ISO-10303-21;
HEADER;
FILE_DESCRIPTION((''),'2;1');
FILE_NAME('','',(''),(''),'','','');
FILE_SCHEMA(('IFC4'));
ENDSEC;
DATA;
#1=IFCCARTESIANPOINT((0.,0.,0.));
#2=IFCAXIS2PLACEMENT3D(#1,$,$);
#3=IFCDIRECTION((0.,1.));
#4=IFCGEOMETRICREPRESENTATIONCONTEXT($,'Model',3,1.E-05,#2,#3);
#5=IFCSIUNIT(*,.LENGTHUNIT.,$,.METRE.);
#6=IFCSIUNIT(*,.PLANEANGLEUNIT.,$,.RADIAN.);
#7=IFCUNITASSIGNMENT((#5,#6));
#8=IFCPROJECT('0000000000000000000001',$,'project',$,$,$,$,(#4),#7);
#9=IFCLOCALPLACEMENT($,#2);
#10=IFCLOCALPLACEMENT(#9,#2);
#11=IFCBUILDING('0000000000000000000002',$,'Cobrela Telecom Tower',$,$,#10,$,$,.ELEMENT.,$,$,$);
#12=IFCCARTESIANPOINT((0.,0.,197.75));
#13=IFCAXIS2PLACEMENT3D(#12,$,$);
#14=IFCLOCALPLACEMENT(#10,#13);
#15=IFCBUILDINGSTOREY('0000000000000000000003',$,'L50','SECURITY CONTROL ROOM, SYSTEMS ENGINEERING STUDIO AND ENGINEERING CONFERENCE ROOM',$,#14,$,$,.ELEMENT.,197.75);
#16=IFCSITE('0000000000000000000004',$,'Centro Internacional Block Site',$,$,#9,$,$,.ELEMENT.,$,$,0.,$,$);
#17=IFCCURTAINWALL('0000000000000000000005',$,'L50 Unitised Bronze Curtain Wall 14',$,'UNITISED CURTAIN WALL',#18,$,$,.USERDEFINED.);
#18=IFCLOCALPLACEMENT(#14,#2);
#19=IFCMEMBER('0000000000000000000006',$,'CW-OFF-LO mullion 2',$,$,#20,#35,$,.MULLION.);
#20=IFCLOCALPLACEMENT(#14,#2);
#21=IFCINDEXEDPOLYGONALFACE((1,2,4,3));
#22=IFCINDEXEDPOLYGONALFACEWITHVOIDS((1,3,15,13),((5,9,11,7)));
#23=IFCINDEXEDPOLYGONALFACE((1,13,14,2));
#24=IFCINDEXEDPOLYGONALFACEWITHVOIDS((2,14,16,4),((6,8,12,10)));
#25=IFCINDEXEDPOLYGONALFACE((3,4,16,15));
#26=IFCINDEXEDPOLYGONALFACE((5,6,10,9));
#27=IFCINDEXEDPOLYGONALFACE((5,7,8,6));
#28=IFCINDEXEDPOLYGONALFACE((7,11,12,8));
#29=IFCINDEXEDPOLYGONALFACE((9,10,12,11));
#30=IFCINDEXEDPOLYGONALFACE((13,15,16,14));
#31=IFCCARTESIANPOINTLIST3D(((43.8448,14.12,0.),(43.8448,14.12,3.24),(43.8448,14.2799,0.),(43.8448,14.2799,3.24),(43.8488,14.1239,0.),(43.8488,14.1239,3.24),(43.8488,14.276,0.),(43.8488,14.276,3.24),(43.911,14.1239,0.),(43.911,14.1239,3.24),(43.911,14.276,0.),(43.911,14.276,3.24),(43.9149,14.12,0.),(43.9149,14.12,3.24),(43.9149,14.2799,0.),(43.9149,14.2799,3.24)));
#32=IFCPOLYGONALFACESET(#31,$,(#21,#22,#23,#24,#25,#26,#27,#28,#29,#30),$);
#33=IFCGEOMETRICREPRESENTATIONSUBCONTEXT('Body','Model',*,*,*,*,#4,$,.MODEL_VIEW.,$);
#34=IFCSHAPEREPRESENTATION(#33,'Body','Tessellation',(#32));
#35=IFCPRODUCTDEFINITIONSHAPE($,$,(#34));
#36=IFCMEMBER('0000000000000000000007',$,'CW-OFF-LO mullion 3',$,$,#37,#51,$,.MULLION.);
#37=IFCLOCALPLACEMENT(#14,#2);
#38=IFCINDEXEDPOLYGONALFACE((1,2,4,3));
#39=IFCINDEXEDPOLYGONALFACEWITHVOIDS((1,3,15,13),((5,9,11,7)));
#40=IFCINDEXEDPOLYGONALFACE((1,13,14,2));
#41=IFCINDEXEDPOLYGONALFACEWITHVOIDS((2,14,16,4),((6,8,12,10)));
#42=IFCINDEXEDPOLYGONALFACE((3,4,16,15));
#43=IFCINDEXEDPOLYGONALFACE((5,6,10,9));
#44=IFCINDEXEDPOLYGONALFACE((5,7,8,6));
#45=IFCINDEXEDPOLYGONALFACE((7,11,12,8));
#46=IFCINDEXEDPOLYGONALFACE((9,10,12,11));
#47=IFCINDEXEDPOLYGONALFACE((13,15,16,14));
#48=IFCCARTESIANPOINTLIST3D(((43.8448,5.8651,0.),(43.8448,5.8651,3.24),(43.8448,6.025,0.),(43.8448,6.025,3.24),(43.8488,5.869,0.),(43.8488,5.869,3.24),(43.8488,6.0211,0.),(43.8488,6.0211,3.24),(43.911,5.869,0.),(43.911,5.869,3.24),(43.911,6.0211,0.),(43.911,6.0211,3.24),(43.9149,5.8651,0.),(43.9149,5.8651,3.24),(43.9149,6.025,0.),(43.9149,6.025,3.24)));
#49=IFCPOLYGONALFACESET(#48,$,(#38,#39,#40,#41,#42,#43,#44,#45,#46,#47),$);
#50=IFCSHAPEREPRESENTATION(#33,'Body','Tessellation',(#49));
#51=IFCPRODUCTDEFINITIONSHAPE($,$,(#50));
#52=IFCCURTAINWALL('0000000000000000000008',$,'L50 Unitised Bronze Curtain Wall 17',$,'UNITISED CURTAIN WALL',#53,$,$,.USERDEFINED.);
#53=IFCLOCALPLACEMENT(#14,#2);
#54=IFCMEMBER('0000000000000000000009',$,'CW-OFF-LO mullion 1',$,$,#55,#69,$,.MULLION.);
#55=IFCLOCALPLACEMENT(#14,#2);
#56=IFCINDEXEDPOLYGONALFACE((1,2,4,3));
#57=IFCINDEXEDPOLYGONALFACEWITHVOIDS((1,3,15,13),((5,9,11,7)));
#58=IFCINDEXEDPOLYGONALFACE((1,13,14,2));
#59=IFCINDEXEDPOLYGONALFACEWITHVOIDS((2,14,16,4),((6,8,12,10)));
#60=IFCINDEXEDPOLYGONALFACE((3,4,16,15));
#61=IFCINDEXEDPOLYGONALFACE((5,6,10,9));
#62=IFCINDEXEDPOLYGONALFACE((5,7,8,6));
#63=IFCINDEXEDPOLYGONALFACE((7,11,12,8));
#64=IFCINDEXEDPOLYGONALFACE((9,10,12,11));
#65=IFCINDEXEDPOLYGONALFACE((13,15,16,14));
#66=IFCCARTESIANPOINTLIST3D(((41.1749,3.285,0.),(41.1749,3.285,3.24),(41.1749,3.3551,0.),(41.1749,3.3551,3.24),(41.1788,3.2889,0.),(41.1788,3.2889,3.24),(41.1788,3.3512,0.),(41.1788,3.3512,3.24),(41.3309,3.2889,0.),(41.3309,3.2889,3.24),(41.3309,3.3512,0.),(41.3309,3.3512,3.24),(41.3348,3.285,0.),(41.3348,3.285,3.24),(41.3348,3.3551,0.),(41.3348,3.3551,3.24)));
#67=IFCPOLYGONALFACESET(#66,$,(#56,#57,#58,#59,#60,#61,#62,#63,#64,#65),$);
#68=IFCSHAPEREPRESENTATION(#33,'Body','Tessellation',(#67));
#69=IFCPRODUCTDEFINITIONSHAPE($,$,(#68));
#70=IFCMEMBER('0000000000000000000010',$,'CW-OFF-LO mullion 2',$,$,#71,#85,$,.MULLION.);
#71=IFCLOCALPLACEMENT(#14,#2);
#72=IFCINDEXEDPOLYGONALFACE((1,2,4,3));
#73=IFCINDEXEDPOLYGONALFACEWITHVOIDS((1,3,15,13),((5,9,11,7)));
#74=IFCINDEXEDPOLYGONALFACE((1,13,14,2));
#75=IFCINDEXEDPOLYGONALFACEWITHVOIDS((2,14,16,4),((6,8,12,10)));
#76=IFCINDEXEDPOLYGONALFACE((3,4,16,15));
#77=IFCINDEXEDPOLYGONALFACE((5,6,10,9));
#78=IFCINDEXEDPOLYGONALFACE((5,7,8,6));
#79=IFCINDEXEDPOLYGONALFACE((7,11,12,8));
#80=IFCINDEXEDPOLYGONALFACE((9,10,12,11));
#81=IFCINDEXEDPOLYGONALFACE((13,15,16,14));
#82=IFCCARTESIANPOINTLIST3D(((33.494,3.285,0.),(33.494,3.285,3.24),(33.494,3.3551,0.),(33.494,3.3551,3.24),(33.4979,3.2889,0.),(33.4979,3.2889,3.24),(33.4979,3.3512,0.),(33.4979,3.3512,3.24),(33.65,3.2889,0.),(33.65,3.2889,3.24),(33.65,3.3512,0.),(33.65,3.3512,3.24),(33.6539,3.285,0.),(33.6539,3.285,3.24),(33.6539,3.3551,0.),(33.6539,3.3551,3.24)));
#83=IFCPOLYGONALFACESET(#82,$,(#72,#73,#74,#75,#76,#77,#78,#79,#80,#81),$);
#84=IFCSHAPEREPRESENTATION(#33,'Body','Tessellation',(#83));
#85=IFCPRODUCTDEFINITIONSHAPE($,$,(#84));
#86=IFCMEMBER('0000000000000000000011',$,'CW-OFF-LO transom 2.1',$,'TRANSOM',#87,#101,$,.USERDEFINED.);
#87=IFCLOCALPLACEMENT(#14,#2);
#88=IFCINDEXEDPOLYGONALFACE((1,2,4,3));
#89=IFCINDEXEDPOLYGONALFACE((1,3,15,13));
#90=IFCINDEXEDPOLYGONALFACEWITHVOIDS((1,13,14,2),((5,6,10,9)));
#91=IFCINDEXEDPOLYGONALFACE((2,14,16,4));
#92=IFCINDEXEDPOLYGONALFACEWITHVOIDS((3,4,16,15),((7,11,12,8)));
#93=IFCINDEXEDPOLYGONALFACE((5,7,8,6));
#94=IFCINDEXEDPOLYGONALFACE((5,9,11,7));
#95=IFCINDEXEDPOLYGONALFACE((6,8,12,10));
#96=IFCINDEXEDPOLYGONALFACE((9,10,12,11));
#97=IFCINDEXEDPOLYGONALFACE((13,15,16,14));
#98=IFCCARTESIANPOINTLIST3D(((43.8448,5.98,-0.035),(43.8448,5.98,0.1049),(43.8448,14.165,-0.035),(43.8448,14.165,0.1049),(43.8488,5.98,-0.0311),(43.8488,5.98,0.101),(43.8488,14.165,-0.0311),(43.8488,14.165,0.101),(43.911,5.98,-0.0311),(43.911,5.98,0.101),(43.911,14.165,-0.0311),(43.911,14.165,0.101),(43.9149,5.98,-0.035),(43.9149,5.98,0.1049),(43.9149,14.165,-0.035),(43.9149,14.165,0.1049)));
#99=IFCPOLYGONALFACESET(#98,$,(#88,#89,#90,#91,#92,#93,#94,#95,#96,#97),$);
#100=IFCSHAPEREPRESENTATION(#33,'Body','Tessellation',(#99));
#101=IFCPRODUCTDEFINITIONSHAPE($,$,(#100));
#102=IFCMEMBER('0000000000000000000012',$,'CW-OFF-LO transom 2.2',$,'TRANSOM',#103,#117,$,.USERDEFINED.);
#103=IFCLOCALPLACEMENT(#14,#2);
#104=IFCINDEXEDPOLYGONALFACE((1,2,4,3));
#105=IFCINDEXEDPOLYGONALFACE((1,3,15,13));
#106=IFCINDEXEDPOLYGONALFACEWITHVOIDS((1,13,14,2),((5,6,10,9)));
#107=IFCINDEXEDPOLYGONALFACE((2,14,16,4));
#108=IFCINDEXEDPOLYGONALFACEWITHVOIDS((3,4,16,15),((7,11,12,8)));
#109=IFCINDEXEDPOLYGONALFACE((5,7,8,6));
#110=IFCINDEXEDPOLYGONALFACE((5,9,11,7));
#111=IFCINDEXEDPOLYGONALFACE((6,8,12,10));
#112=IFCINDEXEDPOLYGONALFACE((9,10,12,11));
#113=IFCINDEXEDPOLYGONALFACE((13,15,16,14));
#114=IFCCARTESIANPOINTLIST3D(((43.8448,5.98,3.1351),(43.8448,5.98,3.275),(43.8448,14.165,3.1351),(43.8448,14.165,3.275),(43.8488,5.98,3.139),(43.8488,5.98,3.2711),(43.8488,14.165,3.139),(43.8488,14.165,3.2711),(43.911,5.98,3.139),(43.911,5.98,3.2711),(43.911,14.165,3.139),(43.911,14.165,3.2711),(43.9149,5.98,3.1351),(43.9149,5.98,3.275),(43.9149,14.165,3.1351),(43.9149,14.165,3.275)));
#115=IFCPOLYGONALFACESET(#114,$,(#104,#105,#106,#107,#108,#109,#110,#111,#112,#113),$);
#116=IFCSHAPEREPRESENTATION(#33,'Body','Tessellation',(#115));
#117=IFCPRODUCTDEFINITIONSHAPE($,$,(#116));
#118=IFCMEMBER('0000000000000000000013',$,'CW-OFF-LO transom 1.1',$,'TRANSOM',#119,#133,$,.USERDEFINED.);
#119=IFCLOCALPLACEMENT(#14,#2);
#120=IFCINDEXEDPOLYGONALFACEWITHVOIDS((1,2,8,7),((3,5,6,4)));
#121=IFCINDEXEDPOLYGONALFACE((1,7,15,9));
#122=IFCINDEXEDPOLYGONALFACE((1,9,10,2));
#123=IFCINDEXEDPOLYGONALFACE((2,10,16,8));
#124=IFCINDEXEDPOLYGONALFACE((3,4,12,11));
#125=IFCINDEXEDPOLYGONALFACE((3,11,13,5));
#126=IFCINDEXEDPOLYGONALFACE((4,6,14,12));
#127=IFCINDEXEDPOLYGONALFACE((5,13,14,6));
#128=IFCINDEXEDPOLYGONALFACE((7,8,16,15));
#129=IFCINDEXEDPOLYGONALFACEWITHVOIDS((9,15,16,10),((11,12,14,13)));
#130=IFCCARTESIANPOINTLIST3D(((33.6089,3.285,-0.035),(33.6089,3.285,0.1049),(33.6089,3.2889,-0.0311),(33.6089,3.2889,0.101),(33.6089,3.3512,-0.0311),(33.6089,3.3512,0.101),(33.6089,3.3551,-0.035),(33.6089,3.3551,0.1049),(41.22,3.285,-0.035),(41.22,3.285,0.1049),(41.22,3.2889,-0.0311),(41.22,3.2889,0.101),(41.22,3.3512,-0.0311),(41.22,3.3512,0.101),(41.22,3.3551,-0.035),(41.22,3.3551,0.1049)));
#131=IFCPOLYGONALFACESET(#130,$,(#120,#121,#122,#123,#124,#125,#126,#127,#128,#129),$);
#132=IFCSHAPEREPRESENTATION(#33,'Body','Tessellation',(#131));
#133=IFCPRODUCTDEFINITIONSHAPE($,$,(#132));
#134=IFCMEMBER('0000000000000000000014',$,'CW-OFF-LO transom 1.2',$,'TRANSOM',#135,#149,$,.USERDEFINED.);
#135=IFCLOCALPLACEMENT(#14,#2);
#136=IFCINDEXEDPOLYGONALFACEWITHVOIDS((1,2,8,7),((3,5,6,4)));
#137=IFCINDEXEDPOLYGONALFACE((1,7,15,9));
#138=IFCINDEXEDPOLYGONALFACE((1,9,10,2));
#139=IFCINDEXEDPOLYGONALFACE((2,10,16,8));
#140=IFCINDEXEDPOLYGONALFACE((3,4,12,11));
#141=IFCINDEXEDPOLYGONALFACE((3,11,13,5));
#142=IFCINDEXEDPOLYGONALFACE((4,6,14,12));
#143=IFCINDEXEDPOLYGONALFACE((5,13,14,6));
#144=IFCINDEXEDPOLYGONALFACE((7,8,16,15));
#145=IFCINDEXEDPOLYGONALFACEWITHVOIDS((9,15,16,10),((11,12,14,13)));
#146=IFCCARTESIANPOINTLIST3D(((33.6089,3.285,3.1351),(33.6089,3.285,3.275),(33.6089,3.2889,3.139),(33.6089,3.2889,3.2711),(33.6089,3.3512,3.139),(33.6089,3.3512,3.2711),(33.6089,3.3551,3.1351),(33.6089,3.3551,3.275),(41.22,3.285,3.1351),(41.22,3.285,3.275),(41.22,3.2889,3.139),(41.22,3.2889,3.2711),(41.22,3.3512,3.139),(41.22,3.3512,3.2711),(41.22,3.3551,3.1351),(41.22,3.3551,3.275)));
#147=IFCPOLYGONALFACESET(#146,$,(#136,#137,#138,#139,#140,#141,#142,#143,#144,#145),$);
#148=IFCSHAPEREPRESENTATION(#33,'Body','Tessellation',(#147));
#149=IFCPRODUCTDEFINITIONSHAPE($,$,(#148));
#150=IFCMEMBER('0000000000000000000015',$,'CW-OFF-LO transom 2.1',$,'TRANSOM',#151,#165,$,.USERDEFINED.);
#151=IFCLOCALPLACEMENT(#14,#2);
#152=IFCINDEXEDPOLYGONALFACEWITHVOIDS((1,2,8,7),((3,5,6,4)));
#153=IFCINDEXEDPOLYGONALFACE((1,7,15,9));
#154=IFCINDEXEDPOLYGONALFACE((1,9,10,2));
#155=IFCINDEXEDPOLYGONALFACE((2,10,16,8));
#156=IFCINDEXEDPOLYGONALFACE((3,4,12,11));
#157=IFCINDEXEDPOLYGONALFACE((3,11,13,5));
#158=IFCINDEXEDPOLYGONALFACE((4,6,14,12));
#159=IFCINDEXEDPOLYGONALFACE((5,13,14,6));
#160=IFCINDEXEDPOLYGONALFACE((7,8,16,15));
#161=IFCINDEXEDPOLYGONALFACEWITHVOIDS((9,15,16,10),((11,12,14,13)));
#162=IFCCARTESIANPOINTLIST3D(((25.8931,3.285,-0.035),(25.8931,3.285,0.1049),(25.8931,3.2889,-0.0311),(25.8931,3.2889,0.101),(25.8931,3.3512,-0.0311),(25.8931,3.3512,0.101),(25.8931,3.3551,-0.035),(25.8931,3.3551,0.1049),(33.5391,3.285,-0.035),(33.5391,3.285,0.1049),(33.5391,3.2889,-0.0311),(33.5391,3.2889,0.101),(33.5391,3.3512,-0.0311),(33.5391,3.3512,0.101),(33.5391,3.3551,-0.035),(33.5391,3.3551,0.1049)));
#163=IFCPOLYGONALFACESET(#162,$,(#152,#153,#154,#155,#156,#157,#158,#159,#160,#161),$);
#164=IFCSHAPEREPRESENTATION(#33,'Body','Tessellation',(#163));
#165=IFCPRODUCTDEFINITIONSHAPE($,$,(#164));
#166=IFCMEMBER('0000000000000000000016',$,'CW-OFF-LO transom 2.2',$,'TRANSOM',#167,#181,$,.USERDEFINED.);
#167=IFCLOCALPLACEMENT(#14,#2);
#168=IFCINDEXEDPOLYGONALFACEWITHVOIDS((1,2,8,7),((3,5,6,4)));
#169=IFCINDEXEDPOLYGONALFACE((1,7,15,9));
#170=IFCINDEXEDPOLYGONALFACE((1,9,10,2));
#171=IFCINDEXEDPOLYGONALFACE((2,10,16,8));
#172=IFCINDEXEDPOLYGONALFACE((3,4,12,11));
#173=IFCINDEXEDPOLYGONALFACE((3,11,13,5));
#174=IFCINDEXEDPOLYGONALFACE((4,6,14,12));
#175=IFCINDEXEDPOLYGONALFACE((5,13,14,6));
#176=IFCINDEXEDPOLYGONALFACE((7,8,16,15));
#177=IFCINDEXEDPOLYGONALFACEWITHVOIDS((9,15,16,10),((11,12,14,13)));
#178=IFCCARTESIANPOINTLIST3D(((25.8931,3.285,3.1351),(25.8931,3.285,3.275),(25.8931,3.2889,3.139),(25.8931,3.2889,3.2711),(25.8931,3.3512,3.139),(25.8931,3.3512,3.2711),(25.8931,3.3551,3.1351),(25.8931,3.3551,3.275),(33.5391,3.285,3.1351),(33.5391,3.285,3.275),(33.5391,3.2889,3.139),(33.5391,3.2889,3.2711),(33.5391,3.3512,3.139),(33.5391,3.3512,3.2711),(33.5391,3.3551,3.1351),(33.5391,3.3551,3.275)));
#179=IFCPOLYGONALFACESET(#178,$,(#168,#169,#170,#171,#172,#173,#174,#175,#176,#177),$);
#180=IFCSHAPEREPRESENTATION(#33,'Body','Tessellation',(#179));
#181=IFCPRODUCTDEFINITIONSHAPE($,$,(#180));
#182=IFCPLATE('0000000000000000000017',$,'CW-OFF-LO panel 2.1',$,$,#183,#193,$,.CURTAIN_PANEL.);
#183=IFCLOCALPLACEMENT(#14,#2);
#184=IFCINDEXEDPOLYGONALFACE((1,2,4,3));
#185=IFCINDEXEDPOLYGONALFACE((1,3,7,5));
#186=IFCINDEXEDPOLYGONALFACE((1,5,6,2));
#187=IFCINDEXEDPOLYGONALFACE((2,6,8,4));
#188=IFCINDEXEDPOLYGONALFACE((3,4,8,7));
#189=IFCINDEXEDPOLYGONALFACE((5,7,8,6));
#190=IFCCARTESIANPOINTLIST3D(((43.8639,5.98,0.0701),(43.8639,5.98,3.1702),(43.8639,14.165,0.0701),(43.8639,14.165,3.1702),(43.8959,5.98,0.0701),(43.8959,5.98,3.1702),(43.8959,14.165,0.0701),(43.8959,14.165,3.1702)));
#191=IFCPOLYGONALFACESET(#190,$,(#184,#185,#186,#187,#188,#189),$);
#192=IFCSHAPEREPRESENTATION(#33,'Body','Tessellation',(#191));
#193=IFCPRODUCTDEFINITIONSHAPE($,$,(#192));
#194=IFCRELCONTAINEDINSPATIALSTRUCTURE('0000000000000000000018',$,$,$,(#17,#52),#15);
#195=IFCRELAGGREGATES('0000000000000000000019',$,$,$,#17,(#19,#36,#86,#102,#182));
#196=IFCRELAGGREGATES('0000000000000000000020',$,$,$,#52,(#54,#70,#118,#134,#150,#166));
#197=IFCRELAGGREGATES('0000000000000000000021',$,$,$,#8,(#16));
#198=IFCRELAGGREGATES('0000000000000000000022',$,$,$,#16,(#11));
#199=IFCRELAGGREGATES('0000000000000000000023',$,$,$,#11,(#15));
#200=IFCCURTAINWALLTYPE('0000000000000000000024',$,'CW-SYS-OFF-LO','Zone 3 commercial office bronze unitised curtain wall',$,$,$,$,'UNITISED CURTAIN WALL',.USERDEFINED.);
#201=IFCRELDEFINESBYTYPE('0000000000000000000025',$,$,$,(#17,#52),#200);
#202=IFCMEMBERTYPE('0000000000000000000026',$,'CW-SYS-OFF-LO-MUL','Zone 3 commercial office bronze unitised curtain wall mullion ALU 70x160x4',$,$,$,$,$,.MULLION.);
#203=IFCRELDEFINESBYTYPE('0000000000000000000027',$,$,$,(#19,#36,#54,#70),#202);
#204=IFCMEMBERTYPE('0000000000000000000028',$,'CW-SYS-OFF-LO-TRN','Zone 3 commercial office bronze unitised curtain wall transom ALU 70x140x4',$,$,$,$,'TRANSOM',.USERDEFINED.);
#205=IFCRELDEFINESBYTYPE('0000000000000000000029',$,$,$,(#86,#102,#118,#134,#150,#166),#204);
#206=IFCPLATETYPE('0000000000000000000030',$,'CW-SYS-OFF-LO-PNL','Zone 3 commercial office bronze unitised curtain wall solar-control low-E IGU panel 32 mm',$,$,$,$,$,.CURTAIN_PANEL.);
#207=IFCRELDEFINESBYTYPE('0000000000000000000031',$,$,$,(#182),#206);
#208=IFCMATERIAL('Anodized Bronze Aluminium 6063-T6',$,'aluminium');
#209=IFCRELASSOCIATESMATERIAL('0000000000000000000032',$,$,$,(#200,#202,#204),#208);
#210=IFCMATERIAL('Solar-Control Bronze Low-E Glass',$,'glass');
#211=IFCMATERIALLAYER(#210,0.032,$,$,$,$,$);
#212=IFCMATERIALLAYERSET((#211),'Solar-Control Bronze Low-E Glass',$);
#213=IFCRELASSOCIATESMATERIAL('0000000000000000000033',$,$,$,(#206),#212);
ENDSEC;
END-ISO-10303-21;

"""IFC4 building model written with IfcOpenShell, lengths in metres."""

from ifc_helpers import new_model, si_unit, direction, frame, origin, origin_2d, place, context, subcontext, project, spatial, rectangle, hollow_rectangle, extrude, material, layer, layer_set, material_profile, profile_set, type_object, element, aggregate, save


model = new_model("IFC4")

# Units and contexts
model_context = context("Model", 3, precision=1e-05, world=origin(), true_north=direction((0.0, 1.0)))
body_context = subcontext(model_context, "Body", "Model", "MODEL_VIEW")
ifc_project = project(units=[si_unit("LENGTHUNIT", "METRE"), si_unit("PLANEANGLEUNIT", "RADIAN")], contexts=[model_context])

# Site, building, storey
site_placement = place(None, origin())
site = spatial("IfcSite", under=ifc_project, at=site_placement, Name="Centro Internacional Block Site", CompositionType="ELEMENT", RefElevation=0.0)
building_placement = place(site_placement, origin())
building = spatial("IfcBuilding", under=site, at=building_placement, Name="Cobrela Telecom Tower", CompositionType="ELEMENT")
storey_placement = place(building_placement, frame((0.0, 0.0, 197.75)))
storey = spatial("IfcBuildingStorey", under=building, at=storey_placement, Name="L50", Description="SECURITY CONTROL ROOM, SYSTEMS ENGINEERING STUDIO AND ENGINEERING CONFERENCE ROOM", CompositionType="ELEMENT", Elevation=197.75)

# Curtain walls, members
ifc_material_1 = material(Name="Anodized Bronze Aluminium 6063-T6", Category="aluminium")
curtain_wall_type = type_object("IfcCurtainWallType", Name="CW-SYS-OFF-LO", Description="Zone 3 commercial office bronze unitised curtain wall", ElementType="UNITISED CURTAIN WALL", PredefinedType="USERDEFINED", material=ifc_material_1)
curtain_wall_1_placement = place(storey_placement, origin())
curtain_wall_1 = element("IfcCurtainWall", 1, at=curtain_wall_1_placement, inside=storey, type_object=curtain_wall_type, Name="L50 Unitised Bronze Curtain Wall 14", ObjectType="UNITISED CURTAIN WALL", PredefinedType="USERDEFINED")
ifc_material_profile_1 = material_profile(ifc_material_1, hollow_rectangle(XDim=0.0701, YDim=0.1599, WallThickness=0.0039, at=origin_2d()), Name="ALU 70x160x4")
ifc_profile_set_1 = profile_set([ifc_material_profile_1], Name="Anodized Bronze Aluminium 6063-T6")
member_type_1 = type_object("IfcMemberType", Name="CW-SYS-OFF-LO-MUL", Description="Zone 3 commercial office bronze unitised curtain wall mullion ALU 70x160x4", PredefinedType="MULLION", material=ifc_profile_set_1)
member_1_placement = place(storey_placement, frame((43.8799, 14.2, 0.0), z_axis=(0.0, 0.0, 1.0), x_axis=(1.0, 0.0, 0.0)))
member_1 = element("IfcMember", 2, at=member_1_placement, type_object=member_type_1, Name="CW-OFF-LO mullion 2", PredefinedType="MULLION", context=body_context, shape_type="SweptSolid", body=[
    extrude(hollow_rectangle(XDim=0.0701, YDim=0.1599, WallThickness=0.0039, at=origin_2d()), origin(), (0.0, 0.0, 1.0), 3.24),
])
member_2_placement = place(storey_placement, frame((43.8799, 5.9451, 0.0), z_axis=(0.0, 0.0, 1.0), x_axis=(1.0, 0.0, 0.0)))
member_2 = element("IfcMember", 3, at=member_2_placement, type_object=member_type_1, Name="CW-OFF-LO mullion 3", PredefinedType="MULLION", context=body_context, shape_type="SweptSolid", body=[
    extrude(hollow_rectangle(XDim=0.0701, YDim=0.1599, WallThickness=0.0039, at=origin_2d()), origin(), (0.0, 0.0, 1.0), 3.24),
])
curtain_wall_2_placement = place(storey_placement, origin())
curtain_wall_2 = element("IfcCurtainWall", 4, at=curtain_wall_2_placement, inside=storey, type_object=curtain_wall_type, Name="L50 Unitised Bronze Curtain Wall 17", ObjectType="UNITISED CURTAIN WALL", PredefinedType="USERDEFINED")
member_3_placement = place(storey_placement, frame((41.2549, 3.3201, 0.0), z_axis=(0.0, 0.0, 1.0), x_axis=(0.0, -1.0, 0.0)))
member_3 = element("IfcMember", 5, at=member_3_placement, type_object=member_type_1, Name="CW-OFF-LO mullion 1", PredefinedType="MULLION", context=body_context, shape_type="SweptSolid", body=[
    extrude(hollow_rectangle(XDim=0.0701, YDim=0.1599, WallThickness=0.0039, at=origin_2d()), origin(), (0.0, 0.0, 1.0), 3.24),
])
member_4_placement = place(storey_placement, frame((33.574, 3.3201, 0.0), z_axis=(0.0, 0.0, 1.0), x_axis=(0.0, -1.0, 0.0)))
member_4 = element("IfcMember", 6, at=member_4_placement, type_object=member_type_1, Name="CW-OFF-LO mullion 2", PredefinedType="MULLION", context=body_context, shape_type="SweptSolid", body=[
    extrude(hollow_rectangle(XDim=0.0701, YDim=0.1599, WallThickness=0.0039, at=origin_2d()), origin(), (0.0, 0.0, 1.0), 3.24),
])

# Members
ifc_material_profile_2 = material_profile(ifc_material_1, hollow_rectangle(XDim=0.0701, YDim=0.1399, WallThickness=0.0039, at=origin_2d()), Name="ALU 70x140x4")
ifc_profile_set_2 = profile_set([ifc_material_profile_2], Name="Anodized Bronze Aluminium 6063-T6")
member_type_2 = type_object("IfcMemberType", Name="CW-SYS-OFF-LO-TRN", Description="Zone 3 commercial office bronze unitised curtain wall transom ALU 70x140x4", ElementType="TRANSOM", PredefinedType="USERDEFINED", material=ifc_profile_set_2)
member_5_placement = place(storey_placement, frame((43.8799, 14.165, 0.0349), z_axis=(0.0, -1.0, 0.0), x_axis=(1.0, 0.0, 0.0)))
member_5 = element("IfcMember", 7, at=member_5_placement, type_object=member_type_2, Name="CW-OFF-LO transom 2.1", ObjectType="TRANSOM", PredefinedType="USERDEFINED", context=body_context, shape_type="SweptSolid", body=[
    extrude(hollow_rectangle(XDim=0.0701, YDim=0.1399, WallThickness=0.0039, at=origin_2d()), origin(), (0.0, 0.0, 1.0), 8.1851),
])
member_6_placement = place(storey_placement, frame((43.8799, 14.165, 3.2051), z_axis=(0.0, -1.0, 0.0), x_axis=(1.0, 0.0, 0.0)))
member_6 = element("IfcMember", 8, at=member_6_placement, type_object=member_type_2, Name="CW-OFF-LO transom 2.2", ObjectType="TRANSOM", PredefinedType="USERDEFINED", context=body_context, shape_type="SweptSolid", body=[
    extrude(hollow_rectangle(XDim=0.0701, YDim=0.1399, WallThickness=0.0039, at=origin_2d()), origin(), (0.0, 0.0, 1.0), 8.1851),
])
member_7_placement = place(storey_placement, frame((41.22, 3.3201, 0.0349), z_axis=(-1.0, 0.0, 0.0), x_axis=(0.0, -1.0, 0.0)))
member_7 = element("IfcMember", 9, at=member_7_placement, type_object=member_type_2, Name="CW-OFF-LO transom 1.1", ObjectType="TRANSOM", PredefinedType="USERDEFINED", context=body_context, shape_type="SweptSolid", body=[
    extrude(hollow_rectangle(XDim=0.0701, YDim=0.1399, WallThickness=0.0039, at=origin_2d()), origin(), (0.0, 0.0, 1.0), 7.6111),
])
member_8_placement = place(storey_placement, frame((41.22, 3.3201, 3.2051), z_axis=(-1.0, 0.0, 0.0), x_axis=(0.0, -1.0, 0.0)))
member_8 = element("IfcMember", 10, at=member_8_placement, type_object=member_type_2, Name="CW-OFF-LO transom 1.2", ObjectType="TRANSOM", PredefinedType="USERDEFINED", context=body_context, shape_type="SweptSolid", body=[
    extrude(hollow_rectangle(XDim=0.0701, YDim=0.1399, WallThickness=0.0039, at=origin_2d()), origin(), (0.0, 0.0, 1.0), 7.6111),
])
member_9_placement = place(storey_placement, frame((33.5391, 3.3201, 0.0349), z_axis=(-1.0, 0.0, 0.0), x_axis=(0.0, -1.0, 0.0)))
member_9 = element("IfcMember", 11, at=member_9_placement, type_object=member_type_2, Name="CW-OFF-LO transom 2.1", ObjectType="TRANSOM", PredefinedType="USERDEFINED", context=body_context, shape_type="SweptSolid", body=[
    extrude(hollow_rectangle(XDim=0.0701, YDim=0.1399, WallThickness=0.0039, at=origin_2d()), origin(), (0.0, 0.0, 1.0), 7.646),
])
member_10_placement = place(storey_placement, frame((33.5391, 3.3201, 3.2051), z_axis=(-1.0, 0.0, 0.0), x_axis=(0.0, -1.0, 0.0)))
member_10 = element("IfcMember", 12, at=member_10_placement, type_object=member_type_2, Name="CW-OFF-LO transom 2.2", ObjectType="TRANSOM", PredefinedType="USERDEFINED", context=body_context, shape_type="SweptSolid", body=[
    extrude(hollow_rectangle(XDim=0.0701, YDim=0.1399, WallThickness=0.0039, at=origin_2d()), origin(), (0.0, 0.0, 1.0), 7.646),
])

# Plate
ifc_material_2 = material(Name="Solar-Control Bronze Low-E Glass", Category="glass")
ifc_layer_1 = layer(ifc_material_2, 0.032)
ifc_layer_set_1 = layer_set([ifc_layer_1], Name="Solar-Control Bronze Low-E Glass")
plate_type = type_object("IfcPlateType", Name="CW-SYS-OFF-LO-PNL", Description="Zone 3 commercial office bronze unitised curtain wall solar-control low-E IGU panel 32 mm", PredefinedType="CURTAIN_PANEL", material=ifc_layer_set_1)
plate_1_placement = place(storey_placement, frame((43.8799, 10.0725, 0.0701), z_axis=(0.0, 0.0, 1.0), x_axis=(0.0, -1.0, 0.0)))
plate_1 = element("IfcPlate", 13, at=plate_1_placement, type_object=plate_type, Name="CW-OFF-LO panel 2.1", PredefinedType="CURTAIN_PANEL", context=body_context, shape_type="SweptSolid", body=[
    extrude(rectangle(XDim=8.1851, YDim=0.032, at=origin_2d()), origin(), (0.0, 0.0, 1.0), 3.1001),
])
aggregate(curtain_wall_1, [member_1, member_2, member_5, member_6, plate_1])
aggregate(curtain_wall_2, [member_3, member_4, member_7, member_8, member_9, member_10])

save(model, "model.ifc")
